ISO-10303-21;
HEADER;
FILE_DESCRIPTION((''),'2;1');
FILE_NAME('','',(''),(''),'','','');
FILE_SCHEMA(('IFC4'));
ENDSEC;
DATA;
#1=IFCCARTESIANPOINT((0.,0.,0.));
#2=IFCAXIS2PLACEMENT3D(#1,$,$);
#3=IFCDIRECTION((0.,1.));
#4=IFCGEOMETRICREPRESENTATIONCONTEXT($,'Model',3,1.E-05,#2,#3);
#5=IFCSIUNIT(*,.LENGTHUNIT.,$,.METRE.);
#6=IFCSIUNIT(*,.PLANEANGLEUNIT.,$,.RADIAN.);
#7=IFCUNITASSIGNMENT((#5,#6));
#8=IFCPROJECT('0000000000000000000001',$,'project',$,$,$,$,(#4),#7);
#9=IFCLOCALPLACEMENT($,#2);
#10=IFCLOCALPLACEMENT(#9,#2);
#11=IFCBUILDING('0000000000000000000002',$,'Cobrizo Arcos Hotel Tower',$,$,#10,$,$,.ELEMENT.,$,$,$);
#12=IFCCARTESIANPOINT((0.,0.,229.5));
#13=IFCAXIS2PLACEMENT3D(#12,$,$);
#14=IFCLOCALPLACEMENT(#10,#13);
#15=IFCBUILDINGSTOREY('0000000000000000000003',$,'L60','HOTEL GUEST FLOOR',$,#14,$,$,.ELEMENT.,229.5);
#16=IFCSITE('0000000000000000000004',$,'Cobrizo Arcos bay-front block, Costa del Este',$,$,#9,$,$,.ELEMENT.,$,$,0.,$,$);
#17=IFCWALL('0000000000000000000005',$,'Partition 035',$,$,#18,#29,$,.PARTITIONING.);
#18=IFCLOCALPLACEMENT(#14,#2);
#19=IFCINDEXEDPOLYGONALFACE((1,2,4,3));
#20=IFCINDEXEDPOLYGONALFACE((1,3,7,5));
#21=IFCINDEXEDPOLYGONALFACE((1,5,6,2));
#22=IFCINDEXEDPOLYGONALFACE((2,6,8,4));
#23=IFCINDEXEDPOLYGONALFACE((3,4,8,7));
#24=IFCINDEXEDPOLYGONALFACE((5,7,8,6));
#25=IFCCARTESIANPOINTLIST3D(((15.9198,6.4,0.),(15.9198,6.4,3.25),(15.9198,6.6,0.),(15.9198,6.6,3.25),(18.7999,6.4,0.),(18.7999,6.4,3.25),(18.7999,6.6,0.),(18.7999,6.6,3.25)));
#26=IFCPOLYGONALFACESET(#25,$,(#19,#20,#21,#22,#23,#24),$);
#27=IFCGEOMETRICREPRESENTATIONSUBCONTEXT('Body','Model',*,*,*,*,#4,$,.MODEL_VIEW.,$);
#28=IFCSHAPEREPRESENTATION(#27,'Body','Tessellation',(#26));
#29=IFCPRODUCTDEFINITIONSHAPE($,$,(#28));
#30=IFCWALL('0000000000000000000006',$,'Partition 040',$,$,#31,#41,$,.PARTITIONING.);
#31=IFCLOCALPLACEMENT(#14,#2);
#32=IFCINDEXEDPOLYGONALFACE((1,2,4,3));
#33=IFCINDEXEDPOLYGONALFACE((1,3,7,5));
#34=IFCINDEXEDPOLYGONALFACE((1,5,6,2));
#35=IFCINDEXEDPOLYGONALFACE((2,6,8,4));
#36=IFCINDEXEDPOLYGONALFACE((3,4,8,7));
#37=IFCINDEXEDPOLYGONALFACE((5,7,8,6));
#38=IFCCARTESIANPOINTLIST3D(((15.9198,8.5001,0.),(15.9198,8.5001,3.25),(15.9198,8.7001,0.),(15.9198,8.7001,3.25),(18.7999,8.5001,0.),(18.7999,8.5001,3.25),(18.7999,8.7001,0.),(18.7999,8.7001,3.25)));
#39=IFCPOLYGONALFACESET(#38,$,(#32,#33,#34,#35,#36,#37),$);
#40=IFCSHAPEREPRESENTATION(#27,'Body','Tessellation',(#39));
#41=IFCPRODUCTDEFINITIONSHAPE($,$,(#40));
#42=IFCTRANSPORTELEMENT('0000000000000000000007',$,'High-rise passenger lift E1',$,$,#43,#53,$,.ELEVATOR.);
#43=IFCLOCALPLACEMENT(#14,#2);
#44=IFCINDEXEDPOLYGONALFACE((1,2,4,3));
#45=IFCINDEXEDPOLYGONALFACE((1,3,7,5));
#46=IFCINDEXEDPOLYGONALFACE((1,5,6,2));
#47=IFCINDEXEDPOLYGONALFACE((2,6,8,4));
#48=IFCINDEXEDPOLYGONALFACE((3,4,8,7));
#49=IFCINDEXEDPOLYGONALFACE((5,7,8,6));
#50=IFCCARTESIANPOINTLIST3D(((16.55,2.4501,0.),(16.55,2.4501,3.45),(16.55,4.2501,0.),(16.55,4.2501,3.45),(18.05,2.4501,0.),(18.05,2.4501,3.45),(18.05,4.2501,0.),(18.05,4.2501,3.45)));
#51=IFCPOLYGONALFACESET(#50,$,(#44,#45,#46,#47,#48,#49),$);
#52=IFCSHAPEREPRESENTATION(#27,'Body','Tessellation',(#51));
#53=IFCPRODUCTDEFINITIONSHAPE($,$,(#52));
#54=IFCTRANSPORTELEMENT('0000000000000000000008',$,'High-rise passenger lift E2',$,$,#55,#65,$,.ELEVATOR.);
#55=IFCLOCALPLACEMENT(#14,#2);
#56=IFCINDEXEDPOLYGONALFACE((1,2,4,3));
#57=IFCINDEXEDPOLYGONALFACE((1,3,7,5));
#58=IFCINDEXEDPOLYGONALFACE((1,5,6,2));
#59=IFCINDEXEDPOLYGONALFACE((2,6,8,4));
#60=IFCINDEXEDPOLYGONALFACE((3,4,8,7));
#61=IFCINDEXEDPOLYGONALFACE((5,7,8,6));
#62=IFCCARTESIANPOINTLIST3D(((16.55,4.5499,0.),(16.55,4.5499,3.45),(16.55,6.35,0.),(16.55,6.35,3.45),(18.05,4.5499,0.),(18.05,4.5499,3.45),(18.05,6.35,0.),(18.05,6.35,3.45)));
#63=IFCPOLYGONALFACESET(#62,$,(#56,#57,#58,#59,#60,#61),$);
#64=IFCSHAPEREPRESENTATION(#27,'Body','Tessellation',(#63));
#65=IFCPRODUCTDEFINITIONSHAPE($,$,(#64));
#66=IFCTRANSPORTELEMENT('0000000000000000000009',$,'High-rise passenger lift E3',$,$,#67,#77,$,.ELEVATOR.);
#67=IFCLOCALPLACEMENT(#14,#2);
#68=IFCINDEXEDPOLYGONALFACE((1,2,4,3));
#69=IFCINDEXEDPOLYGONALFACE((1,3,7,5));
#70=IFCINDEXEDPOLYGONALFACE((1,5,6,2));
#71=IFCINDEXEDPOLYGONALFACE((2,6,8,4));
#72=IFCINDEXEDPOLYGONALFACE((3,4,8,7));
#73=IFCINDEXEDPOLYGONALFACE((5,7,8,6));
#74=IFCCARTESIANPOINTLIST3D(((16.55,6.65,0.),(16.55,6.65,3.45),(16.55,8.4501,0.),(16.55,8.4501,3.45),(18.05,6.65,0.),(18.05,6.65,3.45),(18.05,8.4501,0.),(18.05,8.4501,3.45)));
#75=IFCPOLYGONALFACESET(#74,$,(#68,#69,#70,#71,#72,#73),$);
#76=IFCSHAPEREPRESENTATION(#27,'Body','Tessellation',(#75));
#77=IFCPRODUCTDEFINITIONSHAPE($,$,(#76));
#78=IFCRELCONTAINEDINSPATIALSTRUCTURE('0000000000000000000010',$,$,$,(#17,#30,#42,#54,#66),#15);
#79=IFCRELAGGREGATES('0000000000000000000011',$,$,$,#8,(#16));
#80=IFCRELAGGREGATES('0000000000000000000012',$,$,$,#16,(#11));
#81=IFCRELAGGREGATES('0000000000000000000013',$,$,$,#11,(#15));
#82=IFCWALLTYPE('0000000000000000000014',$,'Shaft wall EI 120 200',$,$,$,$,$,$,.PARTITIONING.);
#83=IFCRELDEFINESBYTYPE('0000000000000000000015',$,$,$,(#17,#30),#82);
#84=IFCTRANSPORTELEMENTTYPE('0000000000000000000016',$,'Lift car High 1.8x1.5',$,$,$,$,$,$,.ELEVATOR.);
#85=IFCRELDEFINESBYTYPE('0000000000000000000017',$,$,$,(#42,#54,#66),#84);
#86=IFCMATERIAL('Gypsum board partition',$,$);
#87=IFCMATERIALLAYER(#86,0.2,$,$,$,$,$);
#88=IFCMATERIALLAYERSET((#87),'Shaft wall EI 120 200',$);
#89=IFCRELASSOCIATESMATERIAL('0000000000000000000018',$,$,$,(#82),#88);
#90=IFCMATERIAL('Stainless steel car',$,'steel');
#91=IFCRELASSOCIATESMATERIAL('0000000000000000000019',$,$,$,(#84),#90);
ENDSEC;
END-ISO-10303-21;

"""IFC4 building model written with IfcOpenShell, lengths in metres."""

from ifc_helpers import new_model, si_unit, direction, frame, frame_2d, origin, origin_2d, place, context, subcontext, project, spatial, rectangle, extrude, material, layer, layer_set, type_object, element, save


model = new_model("IFC4")

# Units and contexts
model_context = context("Model", 3, precision=1e-05, world=origin(), true_north=direction((0.0, 1.0)))
body_context = subcontext(model_context, "Body", "Model", "MODEL_VIEW")
ifc_project = project(units=[si_unit("LENGTHUNIT", "METRE"), si_unit("PLANEANGLEUNIT", "RADIAN")], contexts=[model_context])

# Site, building, storey
site_placement = place(None, origin())
site = spatial("IfcSite", under=ifc_project, at=site_placement, Name="Cobrizo Arcos bay-front block, Costa del Este", CompositionType="ELEMENT", RefElevation=0.0)
building_placement = place(site_placement, origin())
building = spatial("IfcBuilding", under=site, at=building_placement, Name="Cobrizo Arcos Hotel Tower", CompositionType="ELEMENT")
storey_placement = place(building_placement, frame((0.0, 0.0, 229.5)))
storey = spatial("IfcBuildingStorey", under=building, at=storey_placement, Name="L60", Description="HOTEL GUEST FLOOR", CompositionType="ELEMENT", Elevation=229.5)

# Shared definitions
ifc_material_1 = material(Name="Gypsum board partition")

# Shared definitions
ifc_layer_1 = layer(ifc_material_1, 0.2)
ifc_layer_set_1 = layer_set([ifc_layer_1], Name="Shaft wall EI 120 200")
wall_type_1 = type_object("IfcWallType", Name="Shaft wall EI 120 200", PredefinedType="PARTITIONING", material=ifc_layer_set_1)

# Walls
for number, where, z_axis, x_axis, name in (
    (1, (15.9199, 6.5, 0.0), (0.0, 0.0, 1.0), (1.0, 0.0, 0.0), "Partition 035"),
    (2, (15.9199, 8.6001, 0.0), (0.0, 0.0, 1.0), (1.0, 0.0, 0.0), "Partition 040"),
):
    element("IfcWall", number, at=place(storey_placement, frame(where, z_axis=z_axis, x_axis=x_axis)), inside=storey, type_object=wall_type_1, Name=name, PredefinedType="PARTITIONING", context=body_context, shape_type="SweptSolid", body=[
        extrude(rectangle(XDim=2.8801, YDim=0.2, at=frame_2d((1.4399, 0.0))), origin(), (0.0, 0.0, 1.0), 3.25),
    ])

# Transport elements
ifc_material_2 = material(Name="Stainless steel car", Category="steel")
transport_element_type = type_object("IfcTransportElementType", Name="Lift car High 1.8x1.5", PredefinedType="ELEVATOR", material=ifc_material_2)
for number, where, z_axis, x_axis, name in (
    (3, (17.3, 3.3501, 0.0), (0.0, 0.0, 1.0), (1.0, 0.0, 0.0), "High-rise passenger lift E1"),
    (4, (17.3, 5.45, 0.0), (0.0, 0.0, 1.0), (1.0, 0.0, 0.0), "High-rise passenger lift E2"),
    (5, (17.3, 7.55, 0.0), (0.0, 0.0, 1.0), (1.0, 0.0, 0.0), "High-rise passenger lift E3"),
):
    element("IfcTransportElement", number, at=place(storey_placement, frame(where, z_axis=z_axis, x_axis=x_axis)), inside=storey, type_object=transport_element_type, Name=name, PredefinedType="ELEVATOR", context=body_context, shape_type="SweptSolid", body=[
        extrude(rectangle(XDim=1.5, YDim=1.8, at=origin_2d()), origin(), (0.0, 0.0, 1.0), 3.45),
    ])

save(model, "model.ifc")
